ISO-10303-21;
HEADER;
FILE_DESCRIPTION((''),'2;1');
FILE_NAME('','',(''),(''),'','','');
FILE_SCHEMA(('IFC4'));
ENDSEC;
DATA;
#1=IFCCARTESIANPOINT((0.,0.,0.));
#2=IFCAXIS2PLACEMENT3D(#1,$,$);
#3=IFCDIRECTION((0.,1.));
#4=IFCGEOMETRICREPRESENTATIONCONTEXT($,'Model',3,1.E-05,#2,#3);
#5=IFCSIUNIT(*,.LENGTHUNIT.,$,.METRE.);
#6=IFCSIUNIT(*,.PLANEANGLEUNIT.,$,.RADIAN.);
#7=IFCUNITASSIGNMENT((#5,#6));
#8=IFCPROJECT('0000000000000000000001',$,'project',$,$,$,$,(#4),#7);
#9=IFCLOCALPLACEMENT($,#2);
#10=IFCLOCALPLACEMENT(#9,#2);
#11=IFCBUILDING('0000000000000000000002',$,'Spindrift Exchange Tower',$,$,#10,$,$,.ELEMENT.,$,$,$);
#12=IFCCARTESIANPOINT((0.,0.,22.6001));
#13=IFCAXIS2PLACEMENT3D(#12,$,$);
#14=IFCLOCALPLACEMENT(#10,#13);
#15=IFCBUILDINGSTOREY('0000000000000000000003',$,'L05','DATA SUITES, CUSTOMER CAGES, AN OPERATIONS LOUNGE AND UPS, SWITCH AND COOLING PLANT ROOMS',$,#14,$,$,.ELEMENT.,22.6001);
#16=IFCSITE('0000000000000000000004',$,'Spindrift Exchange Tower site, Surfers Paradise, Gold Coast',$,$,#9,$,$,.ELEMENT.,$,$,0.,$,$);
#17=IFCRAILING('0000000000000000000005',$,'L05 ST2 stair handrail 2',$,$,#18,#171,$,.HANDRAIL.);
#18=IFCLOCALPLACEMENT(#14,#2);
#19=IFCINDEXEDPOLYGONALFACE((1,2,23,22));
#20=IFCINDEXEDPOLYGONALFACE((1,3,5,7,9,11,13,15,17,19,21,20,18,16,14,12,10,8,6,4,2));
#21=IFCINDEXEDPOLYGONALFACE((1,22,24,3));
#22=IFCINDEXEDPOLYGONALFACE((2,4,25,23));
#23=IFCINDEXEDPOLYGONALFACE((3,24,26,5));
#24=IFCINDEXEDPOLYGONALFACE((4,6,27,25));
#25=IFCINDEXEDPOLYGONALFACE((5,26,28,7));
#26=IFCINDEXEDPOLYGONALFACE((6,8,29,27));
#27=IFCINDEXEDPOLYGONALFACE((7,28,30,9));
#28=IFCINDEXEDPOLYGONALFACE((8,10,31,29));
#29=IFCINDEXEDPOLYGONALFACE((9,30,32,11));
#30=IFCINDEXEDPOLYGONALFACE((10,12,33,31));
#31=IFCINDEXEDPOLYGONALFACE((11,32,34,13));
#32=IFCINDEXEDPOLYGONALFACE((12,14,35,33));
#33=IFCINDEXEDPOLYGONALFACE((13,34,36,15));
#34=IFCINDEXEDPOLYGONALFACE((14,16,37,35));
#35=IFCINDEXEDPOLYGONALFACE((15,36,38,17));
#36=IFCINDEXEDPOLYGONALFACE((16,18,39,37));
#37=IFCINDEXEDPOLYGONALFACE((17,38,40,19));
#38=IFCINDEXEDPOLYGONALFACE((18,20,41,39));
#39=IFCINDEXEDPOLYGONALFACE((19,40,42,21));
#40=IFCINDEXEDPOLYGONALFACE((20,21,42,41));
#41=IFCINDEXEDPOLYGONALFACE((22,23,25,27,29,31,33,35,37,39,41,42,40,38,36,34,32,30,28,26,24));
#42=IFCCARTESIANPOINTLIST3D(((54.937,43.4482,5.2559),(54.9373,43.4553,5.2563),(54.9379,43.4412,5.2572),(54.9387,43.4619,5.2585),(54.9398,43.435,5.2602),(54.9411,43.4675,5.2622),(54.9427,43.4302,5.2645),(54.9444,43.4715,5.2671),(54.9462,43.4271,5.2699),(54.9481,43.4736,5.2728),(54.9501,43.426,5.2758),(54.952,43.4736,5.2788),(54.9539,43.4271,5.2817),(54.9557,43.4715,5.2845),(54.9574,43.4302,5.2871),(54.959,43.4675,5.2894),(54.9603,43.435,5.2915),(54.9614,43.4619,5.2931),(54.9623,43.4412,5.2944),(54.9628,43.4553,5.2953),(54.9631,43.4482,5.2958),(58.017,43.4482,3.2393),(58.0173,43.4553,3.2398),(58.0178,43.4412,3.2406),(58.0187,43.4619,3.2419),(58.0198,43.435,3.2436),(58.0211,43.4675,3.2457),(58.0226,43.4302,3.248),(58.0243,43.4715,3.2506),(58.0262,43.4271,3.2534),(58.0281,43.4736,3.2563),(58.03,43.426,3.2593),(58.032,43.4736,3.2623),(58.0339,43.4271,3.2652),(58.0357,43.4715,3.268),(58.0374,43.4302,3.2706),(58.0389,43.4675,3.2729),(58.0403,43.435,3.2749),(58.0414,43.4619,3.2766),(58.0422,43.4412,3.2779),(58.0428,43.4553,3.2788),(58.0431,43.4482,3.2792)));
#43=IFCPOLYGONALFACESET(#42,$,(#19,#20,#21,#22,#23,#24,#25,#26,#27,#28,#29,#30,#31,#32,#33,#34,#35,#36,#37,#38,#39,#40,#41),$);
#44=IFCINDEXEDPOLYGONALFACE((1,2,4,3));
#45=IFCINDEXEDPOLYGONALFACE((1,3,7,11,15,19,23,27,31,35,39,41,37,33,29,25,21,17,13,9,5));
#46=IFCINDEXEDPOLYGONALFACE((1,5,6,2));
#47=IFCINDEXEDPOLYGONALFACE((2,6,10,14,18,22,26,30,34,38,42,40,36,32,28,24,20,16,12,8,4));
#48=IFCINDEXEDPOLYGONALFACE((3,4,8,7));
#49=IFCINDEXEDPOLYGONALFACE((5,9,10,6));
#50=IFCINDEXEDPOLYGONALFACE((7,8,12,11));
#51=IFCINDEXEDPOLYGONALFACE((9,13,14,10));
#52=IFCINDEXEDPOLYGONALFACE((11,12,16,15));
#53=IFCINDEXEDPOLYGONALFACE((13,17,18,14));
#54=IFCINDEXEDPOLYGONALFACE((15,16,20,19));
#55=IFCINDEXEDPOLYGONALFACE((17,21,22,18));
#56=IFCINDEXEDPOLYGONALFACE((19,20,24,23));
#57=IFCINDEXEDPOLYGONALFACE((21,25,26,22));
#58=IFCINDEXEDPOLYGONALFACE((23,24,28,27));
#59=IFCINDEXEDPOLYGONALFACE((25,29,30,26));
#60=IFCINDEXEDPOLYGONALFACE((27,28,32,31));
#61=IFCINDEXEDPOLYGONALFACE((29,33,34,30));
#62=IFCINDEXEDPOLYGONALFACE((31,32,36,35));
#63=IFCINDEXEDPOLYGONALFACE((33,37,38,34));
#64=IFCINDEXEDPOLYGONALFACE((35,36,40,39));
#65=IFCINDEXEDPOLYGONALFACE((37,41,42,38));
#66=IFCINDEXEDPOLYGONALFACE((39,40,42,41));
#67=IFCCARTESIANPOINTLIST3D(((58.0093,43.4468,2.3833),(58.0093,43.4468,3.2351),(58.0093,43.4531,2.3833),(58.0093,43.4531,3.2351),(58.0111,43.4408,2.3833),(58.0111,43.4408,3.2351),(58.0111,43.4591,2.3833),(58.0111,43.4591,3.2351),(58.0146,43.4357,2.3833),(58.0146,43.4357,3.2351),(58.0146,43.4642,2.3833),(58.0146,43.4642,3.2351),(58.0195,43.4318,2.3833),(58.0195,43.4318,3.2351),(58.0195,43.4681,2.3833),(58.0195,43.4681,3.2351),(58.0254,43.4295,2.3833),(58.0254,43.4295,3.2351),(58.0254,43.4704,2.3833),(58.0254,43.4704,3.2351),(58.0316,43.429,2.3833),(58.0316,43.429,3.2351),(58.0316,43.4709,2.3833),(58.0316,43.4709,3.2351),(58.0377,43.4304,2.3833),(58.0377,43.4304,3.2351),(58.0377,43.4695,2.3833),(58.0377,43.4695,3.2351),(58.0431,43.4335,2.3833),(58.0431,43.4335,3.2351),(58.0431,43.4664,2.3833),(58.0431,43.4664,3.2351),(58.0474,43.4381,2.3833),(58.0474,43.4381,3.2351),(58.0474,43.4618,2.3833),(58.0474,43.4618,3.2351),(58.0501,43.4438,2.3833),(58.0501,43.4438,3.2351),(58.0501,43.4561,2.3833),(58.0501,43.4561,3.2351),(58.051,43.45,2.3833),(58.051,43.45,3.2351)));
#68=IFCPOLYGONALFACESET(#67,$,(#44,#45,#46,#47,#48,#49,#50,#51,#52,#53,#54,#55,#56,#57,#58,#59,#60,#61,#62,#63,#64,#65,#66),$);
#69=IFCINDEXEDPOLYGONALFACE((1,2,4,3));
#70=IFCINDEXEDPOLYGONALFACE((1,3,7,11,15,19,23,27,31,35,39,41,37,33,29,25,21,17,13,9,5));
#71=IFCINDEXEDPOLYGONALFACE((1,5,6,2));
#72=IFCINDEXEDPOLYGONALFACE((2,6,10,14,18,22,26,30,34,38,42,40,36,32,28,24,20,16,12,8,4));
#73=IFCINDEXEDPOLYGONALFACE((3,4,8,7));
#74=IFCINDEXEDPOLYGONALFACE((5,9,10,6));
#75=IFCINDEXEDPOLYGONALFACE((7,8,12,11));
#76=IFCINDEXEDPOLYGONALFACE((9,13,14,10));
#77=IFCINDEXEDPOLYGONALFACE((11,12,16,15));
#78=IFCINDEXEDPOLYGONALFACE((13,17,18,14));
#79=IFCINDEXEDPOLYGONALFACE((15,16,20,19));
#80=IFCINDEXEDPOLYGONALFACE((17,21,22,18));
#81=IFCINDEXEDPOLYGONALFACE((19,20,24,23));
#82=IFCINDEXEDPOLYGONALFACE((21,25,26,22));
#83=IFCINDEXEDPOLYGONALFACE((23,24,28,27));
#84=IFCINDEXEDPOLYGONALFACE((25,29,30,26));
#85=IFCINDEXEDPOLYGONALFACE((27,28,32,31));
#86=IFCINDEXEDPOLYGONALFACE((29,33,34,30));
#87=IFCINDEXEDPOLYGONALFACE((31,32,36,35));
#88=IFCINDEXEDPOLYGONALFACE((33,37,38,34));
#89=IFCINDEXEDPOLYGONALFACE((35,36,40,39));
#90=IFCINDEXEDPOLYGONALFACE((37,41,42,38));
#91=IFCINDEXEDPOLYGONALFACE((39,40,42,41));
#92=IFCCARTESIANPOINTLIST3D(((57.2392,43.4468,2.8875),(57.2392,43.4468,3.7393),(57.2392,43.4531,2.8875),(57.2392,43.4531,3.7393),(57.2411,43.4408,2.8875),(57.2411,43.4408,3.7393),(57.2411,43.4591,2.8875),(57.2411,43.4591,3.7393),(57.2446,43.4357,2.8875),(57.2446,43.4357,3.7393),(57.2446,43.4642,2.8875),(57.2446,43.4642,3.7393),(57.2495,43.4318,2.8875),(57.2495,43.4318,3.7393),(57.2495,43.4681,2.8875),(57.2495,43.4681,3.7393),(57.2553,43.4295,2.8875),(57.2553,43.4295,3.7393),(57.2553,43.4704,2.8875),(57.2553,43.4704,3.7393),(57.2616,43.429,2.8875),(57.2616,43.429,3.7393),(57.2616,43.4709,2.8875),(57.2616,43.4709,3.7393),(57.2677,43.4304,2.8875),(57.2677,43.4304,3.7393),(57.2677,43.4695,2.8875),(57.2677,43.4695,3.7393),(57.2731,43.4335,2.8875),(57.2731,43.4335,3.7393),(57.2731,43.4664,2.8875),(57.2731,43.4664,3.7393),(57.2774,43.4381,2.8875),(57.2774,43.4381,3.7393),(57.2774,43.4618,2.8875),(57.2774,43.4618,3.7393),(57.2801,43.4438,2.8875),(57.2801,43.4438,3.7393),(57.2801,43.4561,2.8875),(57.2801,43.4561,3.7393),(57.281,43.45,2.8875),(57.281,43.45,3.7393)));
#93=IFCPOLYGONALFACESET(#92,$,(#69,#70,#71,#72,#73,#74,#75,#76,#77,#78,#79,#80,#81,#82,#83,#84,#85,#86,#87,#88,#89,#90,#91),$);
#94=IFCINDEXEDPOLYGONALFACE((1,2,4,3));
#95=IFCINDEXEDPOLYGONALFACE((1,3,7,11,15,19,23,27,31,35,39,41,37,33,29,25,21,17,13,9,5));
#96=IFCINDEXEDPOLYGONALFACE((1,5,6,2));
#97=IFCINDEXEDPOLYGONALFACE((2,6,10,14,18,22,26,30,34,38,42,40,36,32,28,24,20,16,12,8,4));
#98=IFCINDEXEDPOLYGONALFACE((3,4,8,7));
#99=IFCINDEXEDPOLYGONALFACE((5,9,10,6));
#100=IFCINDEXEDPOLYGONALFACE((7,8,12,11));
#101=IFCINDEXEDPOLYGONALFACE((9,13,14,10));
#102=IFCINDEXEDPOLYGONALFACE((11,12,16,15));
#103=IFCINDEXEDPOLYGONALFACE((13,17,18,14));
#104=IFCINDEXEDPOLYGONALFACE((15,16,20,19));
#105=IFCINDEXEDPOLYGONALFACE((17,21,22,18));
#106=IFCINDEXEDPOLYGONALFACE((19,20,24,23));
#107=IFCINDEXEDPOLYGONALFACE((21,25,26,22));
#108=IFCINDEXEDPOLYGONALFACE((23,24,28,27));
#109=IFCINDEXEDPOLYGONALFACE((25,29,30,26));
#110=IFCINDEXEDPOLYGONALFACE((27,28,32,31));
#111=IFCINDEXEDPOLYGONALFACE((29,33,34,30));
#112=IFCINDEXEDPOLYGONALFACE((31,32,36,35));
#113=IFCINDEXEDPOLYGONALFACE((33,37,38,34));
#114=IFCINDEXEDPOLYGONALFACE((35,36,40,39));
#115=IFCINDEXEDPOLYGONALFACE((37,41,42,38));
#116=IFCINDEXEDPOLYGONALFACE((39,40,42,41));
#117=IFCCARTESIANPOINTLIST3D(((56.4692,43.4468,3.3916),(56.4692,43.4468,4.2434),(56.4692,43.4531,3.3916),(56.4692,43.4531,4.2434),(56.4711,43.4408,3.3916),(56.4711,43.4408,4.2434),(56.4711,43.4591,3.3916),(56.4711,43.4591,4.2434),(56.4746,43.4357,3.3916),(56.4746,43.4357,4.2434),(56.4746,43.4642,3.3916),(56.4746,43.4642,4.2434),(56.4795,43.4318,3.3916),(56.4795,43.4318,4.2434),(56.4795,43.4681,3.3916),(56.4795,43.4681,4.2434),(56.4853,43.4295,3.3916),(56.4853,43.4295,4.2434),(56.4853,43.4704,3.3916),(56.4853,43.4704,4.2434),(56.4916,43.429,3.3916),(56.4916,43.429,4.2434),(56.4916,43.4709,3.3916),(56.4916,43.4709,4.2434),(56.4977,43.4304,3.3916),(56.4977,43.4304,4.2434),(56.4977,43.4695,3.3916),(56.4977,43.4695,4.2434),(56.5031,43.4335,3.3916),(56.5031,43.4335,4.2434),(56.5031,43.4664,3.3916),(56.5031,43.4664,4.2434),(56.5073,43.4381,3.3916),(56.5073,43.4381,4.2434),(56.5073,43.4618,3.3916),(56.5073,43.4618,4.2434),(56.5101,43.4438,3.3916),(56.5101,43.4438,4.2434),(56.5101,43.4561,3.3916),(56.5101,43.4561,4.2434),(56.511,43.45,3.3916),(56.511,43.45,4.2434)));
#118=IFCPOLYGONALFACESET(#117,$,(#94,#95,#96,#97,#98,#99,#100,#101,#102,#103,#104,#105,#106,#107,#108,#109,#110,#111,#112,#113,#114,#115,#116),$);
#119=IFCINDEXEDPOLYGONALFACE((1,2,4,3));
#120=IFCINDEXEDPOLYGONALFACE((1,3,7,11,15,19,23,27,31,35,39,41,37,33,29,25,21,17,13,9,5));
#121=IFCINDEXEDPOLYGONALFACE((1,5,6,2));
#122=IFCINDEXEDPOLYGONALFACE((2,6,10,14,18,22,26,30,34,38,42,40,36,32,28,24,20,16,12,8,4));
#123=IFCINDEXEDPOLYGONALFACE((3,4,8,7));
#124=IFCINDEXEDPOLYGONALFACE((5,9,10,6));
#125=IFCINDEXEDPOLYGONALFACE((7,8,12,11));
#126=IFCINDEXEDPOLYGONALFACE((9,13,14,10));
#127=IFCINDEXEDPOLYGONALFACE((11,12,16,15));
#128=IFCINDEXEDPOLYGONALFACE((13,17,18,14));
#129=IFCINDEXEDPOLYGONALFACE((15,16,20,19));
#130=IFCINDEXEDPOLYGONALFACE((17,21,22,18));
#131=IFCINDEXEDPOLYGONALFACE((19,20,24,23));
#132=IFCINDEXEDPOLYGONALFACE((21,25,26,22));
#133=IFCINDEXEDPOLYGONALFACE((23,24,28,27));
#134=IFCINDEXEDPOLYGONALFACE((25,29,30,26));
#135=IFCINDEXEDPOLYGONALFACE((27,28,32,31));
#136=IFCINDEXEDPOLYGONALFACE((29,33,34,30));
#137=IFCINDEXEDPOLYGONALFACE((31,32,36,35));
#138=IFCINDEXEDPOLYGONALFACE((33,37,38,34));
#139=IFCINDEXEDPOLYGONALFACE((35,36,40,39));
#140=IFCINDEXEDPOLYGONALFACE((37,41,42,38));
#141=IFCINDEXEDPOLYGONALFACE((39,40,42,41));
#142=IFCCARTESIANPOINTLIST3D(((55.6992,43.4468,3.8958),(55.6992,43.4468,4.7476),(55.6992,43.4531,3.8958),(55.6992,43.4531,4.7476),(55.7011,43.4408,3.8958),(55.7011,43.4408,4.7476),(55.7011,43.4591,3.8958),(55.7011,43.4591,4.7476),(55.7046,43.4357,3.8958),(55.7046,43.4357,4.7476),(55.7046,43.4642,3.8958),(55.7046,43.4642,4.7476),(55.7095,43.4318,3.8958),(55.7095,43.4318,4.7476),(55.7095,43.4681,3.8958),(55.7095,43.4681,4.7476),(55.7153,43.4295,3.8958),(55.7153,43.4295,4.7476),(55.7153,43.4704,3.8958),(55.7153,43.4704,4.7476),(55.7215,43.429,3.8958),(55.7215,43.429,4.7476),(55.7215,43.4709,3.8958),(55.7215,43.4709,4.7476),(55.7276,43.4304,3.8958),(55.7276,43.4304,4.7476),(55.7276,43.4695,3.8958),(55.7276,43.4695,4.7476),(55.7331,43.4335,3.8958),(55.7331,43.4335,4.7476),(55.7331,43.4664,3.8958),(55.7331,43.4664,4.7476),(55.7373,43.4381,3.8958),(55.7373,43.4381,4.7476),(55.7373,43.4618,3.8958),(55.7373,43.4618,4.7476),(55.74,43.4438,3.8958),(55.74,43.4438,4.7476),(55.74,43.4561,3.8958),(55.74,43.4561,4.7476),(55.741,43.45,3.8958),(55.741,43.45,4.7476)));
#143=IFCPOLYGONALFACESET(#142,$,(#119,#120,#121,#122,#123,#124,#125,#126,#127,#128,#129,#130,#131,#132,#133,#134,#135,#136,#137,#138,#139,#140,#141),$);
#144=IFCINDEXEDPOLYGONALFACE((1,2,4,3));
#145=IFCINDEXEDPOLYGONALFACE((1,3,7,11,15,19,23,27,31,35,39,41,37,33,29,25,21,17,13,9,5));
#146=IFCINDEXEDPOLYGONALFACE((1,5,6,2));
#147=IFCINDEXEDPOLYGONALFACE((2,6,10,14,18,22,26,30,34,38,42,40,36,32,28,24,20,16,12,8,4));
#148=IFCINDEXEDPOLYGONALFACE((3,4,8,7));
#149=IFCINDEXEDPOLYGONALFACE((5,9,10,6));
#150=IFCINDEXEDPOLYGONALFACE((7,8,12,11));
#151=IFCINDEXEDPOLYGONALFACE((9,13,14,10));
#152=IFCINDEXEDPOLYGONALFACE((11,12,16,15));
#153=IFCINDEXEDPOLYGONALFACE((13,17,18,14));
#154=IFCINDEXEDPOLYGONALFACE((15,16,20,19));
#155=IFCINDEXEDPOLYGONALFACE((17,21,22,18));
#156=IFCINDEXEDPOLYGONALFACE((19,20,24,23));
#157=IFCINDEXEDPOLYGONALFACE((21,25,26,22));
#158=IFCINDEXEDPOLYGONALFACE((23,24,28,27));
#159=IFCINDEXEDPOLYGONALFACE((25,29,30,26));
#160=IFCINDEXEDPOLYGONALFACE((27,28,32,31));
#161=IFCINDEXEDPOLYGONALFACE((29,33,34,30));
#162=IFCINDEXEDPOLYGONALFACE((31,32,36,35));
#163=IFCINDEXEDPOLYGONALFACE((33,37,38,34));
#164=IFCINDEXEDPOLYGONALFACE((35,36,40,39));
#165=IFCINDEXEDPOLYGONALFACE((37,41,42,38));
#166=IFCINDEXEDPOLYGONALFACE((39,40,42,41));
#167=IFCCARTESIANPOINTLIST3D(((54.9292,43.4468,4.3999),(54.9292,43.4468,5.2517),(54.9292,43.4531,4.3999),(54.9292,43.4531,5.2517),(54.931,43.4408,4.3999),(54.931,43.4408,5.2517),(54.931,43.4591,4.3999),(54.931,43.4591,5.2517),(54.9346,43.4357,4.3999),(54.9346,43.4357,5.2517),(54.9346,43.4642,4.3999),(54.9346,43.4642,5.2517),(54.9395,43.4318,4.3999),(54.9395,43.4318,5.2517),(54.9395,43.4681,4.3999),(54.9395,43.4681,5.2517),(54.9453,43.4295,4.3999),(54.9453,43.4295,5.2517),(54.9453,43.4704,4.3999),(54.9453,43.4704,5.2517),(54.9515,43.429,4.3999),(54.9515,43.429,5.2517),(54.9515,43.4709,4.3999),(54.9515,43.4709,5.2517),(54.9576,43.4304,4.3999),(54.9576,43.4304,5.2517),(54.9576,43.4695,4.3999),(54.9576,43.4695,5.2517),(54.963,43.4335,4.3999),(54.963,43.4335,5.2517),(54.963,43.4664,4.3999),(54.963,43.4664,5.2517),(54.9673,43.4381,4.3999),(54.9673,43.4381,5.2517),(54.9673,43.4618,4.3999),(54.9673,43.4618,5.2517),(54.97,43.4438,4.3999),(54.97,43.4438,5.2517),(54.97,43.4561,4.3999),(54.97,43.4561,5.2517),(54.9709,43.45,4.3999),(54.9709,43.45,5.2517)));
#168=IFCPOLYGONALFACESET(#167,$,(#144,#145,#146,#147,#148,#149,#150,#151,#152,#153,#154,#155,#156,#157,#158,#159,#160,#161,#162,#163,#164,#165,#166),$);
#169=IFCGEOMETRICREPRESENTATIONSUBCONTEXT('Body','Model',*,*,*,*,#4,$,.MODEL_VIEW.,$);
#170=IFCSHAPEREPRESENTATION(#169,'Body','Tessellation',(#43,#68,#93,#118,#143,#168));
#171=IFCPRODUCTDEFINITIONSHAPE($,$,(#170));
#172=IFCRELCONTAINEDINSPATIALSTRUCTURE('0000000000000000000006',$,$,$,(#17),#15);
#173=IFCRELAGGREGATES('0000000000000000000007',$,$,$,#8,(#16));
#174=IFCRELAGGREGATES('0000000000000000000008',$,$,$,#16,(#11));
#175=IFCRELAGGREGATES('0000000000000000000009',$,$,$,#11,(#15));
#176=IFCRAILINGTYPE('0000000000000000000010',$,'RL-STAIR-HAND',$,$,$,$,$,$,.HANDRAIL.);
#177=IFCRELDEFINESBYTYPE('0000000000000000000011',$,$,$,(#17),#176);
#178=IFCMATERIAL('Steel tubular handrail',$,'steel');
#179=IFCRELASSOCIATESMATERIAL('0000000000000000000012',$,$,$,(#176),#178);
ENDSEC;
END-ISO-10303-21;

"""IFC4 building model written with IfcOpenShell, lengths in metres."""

from ifc_helpers import new_model, si_unit, direction, frame, origin, origin_2d, place, context, subcontext, project, spatial, circle, extrude, material, type_object, element, save


model = new_model("IFC4")

# Units and contexts
model_context = context("Model", 3, precision=1e-05, world=origin(), true_north=direction((0.0, 1.0)))
body_context = subcontext(model_context, "Body", "Model", "MODEL_VIEW")
ifc_project = project(units=[si_unit("LENGTHUNIT", "METRE"), si_unit("PLANEANGLEUNIT", "RADIAN")], contexts=[model_context])

# Site, building, storey
site_placement = place(None, origin())
site = spatial("IfcSite", under=ifc_project, at=site_placement, Name="Spindrift Exchange Tower site, Surfers Paradise, Gold Coast", CompositionType="ELEMENT", RefElevation=0.0)
building_placement = place(site_placement, origin())
building = spatial("IfcBuilding", under=site, at=building_placement, Name="Spindrift Exchange Tower", CompositionType="ELEMENT")
storey_placement = place(building_placement, frame((0.0, 0.0, 22.6001)))
storey = spatial("IfcBuildingStorey", under=building, at=storey_placement, Name="L05", Description="DATA SUITES, CUSTOMER CAGES, AN OPERATIONS LOUNGE AND UPS, SWITCH AND COOLING PLANT ROOMS", CompositionType="ELEMENT", Elevation=22.6001)

# Railing
ifc_material_1 = material(Name="Steel tubular handrail", Category="steel")
railing_type_1 = type_object("IfcRailingType", Name="RL-STAIR-HAND", PredefinedType="HANDRAIL", material=ifc_material_1)
railing_1_placement = place(storey_placement, frame((58.03, 43.45, 2.3833)))
element("IfcRailing", 1, at=railing_1_placement, inside=storey, type_object=railing_type_1, Name="L05 ST2 stair handrail 2", PredefinedType="HANDRAIL", context=body_context, shape_type="SweptSolid", body=[
    extrude(circle(Radius=0.0239, at=origin_2d()), frame((0.0, 0.0, 0.876), z_axis=(-0.836633, 0.0, 0.547764), x_axis=(0.0, -1.0, 0.0)), (0.0, 0.0, 1.0), 3.6814),
    extrude(circle(Radius=0.021, at=origin_2d()), origin(), (0.0, 0.0, 1.0), 0.8518),
    extrude(circle(Radius=0.021, at=origin_2d()), frame((-0.77, 0.0, 0.5042)), (0.0, 0.0, 1.0), 0.8518),
    extrude(circle(Radius=0.021, at=origin_2d()), frame((-1.54, 0.0, 1.0083)), (0.0, 0.0, 1.0), 0.8518),
    extrude(circle(Radius=0.021, at=origin_2d()), frame((-2.3101, 0.0, 1.5125)), (0.0, 0.0, 1.0), 0.8518),
    extrude(circle(Radius=0.021, at=origin_2d()), frame((-3.0801, 0.0, 2.0166)), (0.0, 0.0, 1.0), 0.8518),
])

save(model, "model.ifc")
